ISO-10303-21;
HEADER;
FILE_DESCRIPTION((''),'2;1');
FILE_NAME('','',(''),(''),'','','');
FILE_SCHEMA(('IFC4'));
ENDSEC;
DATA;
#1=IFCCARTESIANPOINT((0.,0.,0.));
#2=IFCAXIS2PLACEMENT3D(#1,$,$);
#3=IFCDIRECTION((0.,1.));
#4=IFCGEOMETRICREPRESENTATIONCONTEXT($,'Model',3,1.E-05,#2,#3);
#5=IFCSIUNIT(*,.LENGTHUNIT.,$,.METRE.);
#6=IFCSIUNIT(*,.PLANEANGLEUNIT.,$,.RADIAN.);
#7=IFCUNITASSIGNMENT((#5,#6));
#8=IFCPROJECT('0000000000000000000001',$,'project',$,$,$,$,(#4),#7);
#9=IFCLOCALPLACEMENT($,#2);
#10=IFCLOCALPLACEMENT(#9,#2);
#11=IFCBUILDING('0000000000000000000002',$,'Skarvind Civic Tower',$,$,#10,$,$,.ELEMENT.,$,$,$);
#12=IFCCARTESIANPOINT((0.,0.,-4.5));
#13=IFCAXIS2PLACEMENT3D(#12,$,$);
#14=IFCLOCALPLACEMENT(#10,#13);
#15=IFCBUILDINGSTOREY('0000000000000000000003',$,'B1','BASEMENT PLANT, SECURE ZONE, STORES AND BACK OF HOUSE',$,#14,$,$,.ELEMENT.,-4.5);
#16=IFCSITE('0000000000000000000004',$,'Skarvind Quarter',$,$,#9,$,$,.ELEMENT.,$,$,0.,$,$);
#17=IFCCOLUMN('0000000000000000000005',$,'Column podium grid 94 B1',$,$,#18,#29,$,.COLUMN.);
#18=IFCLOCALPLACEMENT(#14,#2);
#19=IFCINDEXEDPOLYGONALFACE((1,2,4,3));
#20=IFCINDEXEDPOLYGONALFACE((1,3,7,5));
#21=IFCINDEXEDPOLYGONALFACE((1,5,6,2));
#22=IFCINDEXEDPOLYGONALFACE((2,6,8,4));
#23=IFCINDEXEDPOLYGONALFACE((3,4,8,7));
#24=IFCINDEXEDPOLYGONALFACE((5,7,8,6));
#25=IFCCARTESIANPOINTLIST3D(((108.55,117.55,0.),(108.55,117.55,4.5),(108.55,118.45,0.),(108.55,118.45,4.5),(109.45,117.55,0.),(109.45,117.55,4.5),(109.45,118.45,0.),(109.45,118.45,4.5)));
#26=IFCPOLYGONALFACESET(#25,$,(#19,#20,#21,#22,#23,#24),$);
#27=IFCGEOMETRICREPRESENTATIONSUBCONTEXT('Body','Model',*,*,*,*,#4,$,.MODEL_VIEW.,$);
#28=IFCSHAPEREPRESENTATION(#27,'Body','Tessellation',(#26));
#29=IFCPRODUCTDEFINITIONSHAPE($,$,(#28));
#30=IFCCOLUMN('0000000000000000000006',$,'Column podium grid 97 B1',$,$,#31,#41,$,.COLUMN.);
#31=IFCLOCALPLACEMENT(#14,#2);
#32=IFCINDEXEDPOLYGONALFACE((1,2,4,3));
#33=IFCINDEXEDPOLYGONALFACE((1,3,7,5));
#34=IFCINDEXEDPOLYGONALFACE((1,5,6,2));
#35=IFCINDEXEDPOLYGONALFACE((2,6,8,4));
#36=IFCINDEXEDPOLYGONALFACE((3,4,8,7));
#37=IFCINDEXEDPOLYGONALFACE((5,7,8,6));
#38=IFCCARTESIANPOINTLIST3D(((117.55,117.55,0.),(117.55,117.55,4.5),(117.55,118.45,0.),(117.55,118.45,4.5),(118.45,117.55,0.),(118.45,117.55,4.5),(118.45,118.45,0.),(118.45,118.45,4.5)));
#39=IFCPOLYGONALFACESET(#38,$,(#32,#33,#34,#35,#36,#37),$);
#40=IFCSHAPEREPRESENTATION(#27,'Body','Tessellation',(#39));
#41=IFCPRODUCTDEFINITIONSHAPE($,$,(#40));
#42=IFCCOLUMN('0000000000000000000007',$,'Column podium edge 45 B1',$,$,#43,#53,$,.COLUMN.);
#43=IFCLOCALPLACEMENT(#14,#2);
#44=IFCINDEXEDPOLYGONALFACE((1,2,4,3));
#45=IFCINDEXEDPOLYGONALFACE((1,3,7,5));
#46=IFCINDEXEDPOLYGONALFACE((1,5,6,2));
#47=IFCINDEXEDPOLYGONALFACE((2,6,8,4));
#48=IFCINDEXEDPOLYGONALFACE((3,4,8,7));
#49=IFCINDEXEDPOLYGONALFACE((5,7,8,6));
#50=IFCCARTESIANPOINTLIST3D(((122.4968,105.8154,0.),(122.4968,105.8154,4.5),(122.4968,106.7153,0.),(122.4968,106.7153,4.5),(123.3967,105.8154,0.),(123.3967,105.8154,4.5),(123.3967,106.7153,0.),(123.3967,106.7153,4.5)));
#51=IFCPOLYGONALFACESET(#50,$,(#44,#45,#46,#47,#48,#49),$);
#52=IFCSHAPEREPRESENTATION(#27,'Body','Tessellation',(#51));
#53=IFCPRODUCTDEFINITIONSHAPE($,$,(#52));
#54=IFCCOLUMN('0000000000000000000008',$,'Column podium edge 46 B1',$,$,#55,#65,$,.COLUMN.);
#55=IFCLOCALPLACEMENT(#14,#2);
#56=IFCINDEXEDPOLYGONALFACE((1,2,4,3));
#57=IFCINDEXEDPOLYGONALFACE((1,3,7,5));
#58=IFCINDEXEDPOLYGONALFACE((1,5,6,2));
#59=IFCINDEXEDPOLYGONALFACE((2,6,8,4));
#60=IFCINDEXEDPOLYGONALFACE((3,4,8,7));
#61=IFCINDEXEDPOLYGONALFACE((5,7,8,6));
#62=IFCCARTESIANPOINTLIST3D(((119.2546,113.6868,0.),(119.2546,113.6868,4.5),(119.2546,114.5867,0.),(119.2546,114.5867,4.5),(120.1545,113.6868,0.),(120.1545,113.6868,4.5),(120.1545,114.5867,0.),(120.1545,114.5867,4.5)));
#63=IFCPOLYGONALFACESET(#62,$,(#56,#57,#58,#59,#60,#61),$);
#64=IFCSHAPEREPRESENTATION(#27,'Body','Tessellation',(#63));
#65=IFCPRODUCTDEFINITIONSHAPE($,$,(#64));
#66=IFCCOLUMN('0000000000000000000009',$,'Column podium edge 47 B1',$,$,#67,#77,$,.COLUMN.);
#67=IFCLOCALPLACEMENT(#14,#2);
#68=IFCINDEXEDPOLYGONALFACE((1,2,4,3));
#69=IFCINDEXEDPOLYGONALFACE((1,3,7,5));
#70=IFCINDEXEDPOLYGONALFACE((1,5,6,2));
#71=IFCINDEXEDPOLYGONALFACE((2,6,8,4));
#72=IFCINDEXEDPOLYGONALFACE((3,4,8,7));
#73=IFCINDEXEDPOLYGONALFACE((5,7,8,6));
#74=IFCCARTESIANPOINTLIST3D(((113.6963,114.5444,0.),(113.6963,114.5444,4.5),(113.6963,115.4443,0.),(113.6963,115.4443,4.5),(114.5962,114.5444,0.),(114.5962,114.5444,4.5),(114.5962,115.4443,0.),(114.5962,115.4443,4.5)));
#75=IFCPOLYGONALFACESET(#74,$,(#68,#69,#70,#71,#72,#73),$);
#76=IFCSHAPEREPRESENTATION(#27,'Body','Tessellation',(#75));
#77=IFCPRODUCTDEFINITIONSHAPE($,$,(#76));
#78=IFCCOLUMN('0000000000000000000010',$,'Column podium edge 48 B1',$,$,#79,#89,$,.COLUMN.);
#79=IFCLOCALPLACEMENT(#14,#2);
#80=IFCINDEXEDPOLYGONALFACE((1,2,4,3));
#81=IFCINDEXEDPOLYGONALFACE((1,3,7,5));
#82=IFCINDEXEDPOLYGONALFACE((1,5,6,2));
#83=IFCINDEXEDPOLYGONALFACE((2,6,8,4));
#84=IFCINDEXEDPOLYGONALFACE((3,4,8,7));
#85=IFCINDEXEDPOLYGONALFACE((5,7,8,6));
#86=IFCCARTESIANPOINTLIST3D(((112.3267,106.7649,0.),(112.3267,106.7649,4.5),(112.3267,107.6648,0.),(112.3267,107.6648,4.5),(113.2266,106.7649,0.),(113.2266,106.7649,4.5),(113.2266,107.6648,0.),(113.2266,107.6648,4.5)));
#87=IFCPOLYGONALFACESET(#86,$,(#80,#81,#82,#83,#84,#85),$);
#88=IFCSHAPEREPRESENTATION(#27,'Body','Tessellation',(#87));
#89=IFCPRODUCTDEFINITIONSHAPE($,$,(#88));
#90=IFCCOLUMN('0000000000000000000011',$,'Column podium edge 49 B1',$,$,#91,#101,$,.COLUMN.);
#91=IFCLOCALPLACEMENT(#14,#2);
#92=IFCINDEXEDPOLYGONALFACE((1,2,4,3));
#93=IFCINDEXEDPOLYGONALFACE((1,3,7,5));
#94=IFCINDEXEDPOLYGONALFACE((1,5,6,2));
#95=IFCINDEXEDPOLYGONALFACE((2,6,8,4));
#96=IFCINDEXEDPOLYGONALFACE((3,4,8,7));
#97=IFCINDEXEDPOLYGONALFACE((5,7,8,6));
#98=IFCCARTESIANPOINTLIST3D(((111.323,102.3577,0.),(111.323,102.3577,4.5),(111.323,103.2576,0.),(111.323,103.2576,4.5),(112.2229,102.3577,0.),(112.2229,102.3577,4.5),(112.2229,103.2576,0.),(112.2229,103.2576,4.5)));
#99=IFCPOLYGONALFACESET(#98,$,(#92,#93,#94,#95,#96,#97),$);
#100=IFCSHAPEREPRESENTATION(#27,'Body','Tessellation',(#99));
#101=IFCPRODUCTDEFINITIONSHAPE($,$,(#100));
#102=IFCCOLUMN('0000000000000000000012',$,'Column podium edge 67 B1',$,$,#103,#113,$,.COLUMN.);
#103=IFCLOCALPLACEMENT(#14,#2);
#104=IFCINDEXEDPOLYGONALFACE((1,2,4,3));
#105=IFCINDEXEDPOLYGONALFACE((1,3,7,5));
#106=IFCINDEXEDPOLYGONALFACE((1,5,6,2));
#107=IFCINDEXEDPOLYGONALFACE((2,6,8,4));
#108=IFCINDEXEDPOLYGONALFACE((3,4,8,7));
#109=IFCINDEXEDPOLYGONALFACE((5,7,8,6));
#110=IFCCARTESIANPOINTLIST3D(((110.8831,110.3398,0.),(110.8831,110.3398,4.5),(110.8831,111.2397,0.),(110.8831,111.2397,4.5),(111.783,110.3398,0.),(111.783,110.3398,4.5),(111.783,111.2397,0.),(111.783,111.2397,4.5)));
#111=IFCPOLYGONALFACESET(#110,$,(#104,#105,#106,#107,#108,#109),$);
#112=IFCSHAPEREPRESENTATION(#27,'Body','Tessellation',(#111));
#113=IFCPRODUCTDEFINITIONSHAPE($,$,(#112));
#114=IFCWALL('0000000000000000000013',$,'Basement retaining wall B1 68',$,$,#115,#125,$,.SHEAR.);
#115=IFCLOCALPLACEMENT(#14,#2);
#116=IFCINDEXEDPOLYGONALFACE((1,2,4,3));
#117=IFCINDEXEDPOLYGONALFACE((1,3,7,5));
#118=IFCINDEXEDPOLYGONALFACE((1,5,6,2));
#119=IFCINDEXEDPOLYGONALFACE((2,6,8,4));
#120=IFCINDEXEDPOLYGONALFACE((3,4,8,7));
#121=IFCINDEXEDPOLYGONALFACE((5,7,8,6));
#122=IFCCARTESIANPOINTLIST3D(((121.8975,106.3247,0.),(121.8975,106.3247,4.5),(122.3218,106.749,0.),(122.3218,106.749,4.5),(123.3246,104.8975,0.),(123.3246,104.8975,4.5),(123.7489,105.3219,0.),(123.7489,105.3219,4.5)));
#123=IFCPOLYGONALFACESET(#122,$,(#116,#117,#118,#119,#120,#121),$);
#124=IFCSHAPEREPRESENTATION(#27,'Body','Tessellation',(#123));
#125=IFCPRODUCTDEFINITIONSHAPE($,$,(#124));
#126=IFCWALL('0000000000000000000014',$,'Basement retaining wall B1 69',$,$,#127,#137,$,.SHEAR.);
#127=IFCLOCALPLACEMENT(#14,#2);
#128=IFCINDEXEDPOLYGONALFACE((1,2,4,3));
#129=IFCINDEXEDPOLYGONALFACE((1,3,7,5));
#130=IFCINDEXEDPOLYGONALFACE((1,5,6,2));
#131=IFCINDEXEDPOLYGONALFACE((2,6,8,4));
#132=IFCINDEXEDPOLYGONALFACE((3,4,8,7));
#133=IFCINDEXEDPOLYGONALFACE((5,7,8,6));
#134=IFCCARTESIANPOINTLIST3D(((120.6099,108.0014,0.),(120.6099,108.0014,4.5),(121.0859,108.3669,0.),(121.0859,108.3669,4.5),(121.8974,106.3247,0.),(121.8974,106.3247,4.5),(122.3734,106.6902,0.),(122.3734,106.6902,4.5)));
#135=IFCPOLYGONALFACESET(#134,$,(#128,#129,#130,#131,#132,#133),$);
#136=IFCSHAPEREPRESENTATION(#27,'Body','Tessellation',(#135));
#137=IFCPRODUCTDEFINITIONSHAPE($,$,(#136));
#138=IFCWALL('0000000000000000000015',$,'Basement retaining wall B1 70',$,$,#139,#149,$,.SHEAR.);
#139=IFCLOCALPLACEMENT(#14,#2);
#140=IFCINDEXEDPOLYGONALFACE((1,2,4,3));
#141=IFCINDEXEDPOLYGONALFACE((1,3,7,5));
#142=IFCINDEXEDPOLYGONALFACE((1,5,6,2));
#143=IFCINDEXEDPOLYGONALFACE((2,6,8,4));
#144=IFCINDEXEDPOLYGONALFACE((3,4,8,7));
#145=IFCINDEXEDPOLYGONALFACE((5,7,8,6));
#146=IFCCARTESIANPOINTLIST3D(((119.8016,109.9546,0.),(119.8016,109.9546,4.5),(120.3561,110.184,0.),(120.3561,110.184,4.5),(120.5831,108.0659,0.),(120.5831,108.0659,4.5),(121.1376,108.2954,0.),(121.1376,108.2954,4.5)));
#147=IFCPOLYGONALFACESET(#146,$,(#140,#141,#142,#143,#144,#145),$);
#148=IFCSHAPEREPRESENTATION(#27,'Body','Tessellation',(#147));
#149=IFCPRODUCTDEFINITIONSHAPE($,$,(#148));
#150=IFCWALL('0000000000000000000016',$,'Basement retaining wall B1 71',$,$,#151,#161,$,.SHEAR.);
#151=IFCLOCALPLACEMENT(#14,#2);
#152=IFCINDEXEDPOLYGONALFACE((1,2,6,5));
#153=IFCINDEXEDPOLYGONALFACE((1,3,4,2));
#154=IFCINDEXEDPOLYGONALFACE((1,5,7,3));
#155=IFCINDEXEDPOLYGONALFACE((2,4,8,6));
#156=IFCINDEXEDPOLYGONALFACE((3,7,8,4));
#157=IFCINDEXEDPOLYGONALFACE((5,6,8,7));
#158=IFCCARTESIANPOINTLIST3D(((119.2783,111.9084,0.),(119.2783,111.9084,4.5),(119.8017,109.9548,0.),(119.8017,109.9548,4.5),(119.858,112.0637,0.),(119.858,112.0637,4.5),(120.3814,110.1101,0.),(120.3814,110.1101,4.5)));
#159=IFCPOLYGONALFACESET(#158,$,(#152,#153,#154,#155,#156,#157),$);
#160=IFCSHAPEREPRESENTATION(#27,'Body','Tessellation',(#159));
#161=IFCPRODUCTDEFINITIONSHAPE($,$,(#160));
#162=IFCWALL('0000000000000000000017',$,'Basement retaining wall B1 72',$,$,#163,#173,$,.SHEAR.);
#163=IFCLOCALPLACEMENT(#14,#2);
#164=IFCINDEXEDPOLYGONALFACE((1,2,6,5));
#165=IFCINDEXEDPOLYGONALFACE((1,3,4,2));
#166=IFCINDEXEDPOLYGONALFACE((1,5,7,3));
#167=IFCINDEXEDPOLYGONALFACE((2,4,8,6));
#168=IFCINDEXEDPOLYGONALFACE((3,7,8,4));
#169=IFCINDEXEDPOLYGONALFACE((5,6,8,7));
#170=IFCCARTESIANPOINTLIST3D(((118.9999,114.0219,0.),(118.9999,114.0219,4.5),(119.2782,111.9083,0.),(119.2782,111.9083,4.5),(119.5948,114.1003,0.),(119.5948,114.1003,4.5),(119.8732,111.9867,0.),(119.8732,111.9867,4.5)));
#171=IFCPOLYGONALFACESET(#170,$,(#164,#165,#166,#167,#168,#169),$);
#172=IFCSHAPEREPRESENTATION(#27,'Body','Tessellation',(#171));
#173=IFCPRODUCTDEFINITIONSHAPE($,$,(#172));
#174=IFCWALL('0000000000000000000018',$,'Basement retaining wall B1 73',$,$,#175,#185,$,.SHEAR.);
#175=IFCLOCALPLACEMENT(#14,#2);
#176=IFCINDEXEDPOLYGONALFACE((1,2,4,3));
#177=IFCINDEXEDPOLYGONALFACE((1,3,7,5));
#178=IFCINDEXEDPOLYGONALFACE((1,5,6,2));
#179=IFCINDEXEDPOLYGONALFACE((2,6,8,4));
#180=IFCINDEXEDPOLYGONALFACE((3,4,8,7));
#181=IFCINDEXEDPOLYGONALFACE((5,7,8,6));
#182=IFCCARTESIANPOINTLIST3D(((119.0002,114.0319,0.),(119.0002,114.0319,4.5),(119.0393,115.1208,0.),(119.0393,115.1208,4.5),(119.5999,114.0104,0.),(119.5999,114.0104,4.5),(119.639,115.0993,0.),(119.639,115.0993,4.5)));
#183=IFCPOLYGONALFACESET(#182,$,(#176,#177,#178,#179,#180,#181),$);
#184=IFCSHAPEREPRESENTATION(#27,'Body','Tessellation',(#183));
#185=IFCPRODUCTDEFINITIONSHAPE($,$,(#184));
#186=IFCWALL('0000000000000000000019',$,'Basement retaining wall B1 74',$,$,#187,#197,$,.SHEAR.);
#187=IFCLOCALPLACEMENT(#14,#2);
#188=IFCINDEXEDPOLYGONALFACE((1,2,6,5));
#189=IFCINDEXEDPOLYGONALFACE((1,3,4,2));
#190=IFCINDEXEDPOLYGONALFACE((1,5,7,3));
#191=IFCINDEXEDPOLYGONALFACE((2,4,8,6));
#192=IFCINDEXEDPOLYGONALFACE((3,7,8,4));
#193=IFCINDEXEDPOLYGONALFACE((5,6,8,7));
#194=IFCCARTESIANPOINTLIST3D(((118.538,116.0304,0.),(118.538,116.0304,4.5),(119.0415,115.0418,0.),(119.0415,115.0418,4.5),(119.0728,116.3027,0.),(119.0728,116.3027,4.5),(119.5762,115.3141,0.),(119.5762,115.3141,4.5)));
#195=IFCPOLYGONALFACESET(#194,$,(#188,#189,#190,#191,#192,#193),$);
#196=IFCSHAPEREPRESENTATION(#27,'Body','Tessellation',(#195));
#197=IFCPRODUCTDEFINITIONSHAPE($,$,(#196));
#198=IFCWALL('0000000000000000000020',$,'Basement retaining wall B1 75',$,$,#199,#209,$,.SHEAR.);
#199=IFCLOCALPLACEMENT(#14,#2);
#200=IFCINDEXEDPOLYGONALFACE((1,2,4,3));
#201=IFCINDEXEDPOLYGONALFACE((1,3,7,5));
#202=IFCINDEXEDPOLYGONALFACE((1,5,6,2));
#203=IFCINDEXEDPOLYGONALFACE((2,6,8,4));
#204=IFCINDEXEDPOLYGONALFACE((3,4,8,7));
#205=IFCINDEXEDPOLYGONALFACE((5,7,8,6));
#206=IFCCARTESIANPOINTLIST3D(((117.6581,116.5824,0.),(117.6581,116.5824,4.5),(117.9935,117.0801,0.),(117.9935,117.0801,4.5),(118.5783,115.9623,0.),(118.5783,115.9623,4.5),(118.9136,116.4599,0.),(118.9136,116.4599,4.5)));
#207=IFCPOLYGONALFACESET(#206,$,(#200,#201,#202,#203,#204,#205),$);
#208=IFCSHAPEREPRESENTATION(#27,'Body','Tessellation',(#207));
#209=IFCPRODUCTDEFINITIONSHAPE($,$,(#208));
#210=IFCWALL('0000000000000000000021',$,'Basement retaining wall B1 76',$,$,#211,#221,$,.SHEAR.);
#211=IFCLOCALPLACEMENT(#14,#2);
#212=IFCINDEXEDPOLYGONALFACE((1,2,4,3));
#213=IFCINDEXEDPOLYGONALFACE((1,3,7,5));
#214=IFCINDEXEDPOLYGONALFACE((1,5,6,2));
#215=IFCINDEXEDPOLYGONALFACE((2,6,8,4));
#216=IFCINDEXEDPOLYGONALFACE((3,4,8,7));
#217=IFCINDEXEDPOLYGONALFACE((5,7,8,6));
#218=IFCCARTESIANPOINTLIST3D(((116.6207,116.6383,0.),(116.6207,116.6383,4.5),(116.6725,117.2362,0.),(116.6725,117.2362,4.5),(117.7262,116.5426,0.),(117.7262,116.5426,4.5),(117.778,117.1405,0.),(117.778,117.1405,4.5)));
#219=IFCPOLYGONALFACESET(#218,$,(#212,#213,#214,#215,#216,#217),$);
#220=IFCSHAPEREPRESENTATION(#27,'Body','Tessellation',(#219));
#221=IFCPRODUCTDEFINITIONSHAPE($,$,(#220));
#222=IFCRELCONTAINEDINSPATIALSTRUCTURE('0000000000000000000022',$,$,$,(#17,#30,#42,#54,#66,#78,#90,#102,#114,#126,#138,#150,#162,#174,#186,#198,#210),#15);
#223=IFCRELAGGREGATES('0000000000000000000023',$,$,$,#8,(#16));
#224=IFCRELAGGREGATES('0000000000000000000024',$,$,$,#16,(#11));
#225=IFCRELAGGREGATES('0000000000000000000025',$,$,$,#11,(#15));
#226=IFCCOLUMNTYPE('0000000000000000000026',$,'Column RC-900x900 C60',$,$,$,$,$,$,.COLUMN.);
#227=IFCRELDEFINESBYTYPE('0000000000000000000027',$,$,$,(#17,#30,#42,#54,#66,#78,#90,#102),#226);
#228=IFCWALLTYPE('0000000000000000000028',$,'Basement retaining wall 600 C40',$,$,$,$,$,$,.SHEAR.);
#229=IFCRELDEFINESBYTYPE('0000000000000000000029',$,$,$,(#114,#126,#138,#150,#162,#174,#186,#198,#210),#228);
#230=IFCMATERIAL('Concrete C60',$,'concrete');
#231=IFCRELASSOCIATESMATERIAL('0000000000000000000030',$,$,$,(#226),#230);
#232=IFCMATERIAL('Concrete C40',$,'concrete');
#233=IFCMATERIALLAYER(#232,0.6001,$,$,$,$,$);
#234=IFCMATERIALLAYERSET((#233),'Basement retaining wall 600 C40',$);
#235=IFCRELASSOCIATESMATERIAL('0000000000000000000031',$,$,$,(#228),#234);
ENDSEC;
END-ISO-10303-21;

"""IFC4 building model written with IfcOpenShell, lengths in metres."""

from ifc_helpers import new_model, si_unit, direction, frame, frame_2d, origin, origin_2d, place, context, subcontext, project, spatial, rectangle, extrude, material, layer, layer_set, material_profile, profile_set, type_object, element, save


model = new_model("IFC4")

# Units and contexts
model_context = context("Model", 3, precision=1e-05, world=origin(), true_north=direction((0.0, 1.0)))
body_context = subcontext(model_context, "Body", "Model", "MODEL_VIEW")
ifc_project = project(units=[si_unit("LENGTHUNIT", "METRE"), si_unit("PLANEANGLEUNIT", "RADIAN")], contexts=[model_context])

# Site, building, storey
site_placement = place(None, origin())
site = spatial("IfcSite", under=ifc_project, at=site_placement, Name="Skarvind Quarter", CompositionType="ELEMENT", RefElevation=0.0)
building_placement = place(site_placement, origin())
building = spatial("IfcBuilding", under=site, at=building_placement, Name="Skarvind Civic Tower", CompositionType="ELEMENT")
storey_placement = place(building_placement, frame((0.0, 0.0, -4.5)))
storey = spatial("IfcBuildingStorey", under=building, at=storey_placement, Name="B1", Description="BASEMENT PLANT, SECURE ZONE, STORES AND BACK OF HOUSE", CompositionType="ELEMENT", Elevation=-4.5)

# Columns
ifc_material_1 = material(Name="Concrete C60", Category="concrete")
ifc_material_profile = material_profile(ifc_material_1, rectangle(XDim=0.8999, YDim=0.8999, at=origin_2d()), Name="RC-900x900")
ifc_profile_set = profile_set([ifc_material_profile], Name="Concrete C60")
column_type = type_object("IfcColumnType", Name="Column RC-900x900 C60", PredefinedType="COLUMN", material=ifc_profile_set)
for number, where, z_axis, x_axis, name in (
    (1, (109.0, 118.0, 0.0), (0.0, 0.0, 1.0), (1.0, 0.0, 0.0), "Column podium grid 94 B1"),
    (2, (118.0, 118.0, 0.0), (0.0, 0.0, 1.0), (1.0, 0.0, 0.0), "Column podium grid 97 B1"),
    (3, (122.9468, 106.2654, 0.0), (0.0, 0.0, 1.0), (1.0, 0.0, 0.0), "Column podium edge 45 B1"),
    (4, (119.7046, 114.1367, 0.0), (0.0, 0.0, 1.0), (1.0, 0.0, 0.0), "Column podium edge 46 B1"),
    (5, (114.1462, 114.9944, 0.0), (0.0, 0.0, 1.0), (1.0, 0.0, 0.0), "Column podium edge 47 B1"),
    (6, (112.7766, 107.2148, 0.0), (0.0, 0.0, 1.0), (1.0, 0.0, 0.0), "Column podium edge 48 B1"),
    (7, (111.7729, 102.8076, 0.0), (0.0, 0.0, 1.0), (1.0, 0.0, 0.0), "Column podium edge 49 B1"),
    (8, (111.333, 110.7898, 0.0), (0.0, 0.0, 1.0), (1.0, 0.0, 0.0), "Column podium edge 67 B1"),
):
    element("IfcColumn", number, at=place(storey_placement, frame(where, z_axis=z_axis, x_axis=x_axis)), inside=storey, type_object=column_type, Name=name, PredefinedType="COLUMN", context=body_context, shape_type="SweptSolid", body=[
        extrude(rectangle(XDim=0.8999, YDim=0.8999, at=origin_2d()), origin(), (0.0, 0.0, 1.0), 4.5),
    ])

# Walls
ifc_material_2 = material(Name="Concrete C40", Category="concrete")
ifc_layer_1 = layer(ifc_material_2, 0.6001)
ifc_layer_set_1 = layer_set([ifc_layer_1], Name="Basement retaining wall 600 C40")
wall_type_1 = type_object("IfcWallType", Name="Basement retaining wall 600 C40", PredefinedType="SHEAR", material=ifc_layer_set_1)
wall_1_placement = place(storey_placement, frame((123.5369, 105.1096, 0.0), z_axis=(0.0, 0.0, 1.0), x_axis=(-0.707107, 0.707107, 0.0)))
element("IfcWall", 9, at=wall_1_placement, inside=storey, type_object=wall_type_1, Name="Basement retaining wall B1 68", PredefinedType="SHEAR", context=body_context, shape_type="SweptSolid", body=[
    extrude(rectangle(XDim=2.0183, YDim=0.6001, at=frame_2d((1.0093, 0.0))), origin(), (0.0, 0.0, 1.0), 4.5),
])
wall_2_placement = place(storey_placement, frame((122.1355, 106.5073, 0.0), z_axis=(0.0, 0.0, 1.0), x_axis=(-0.609052, 0.79313, 0.0)))
element("IfcWall", 10, at=wall_2_placement, inside=storey, type_object=wall_type_1, Name="Basement retaining wall B1 69", PredefinedType="SHEAR", context=body_context, shape_type="SweptSolid", body=[
    extrude(rectangle(XDim=2.114, YDim=0.6001, at=frame_2d((1.0571, 0.0))), origin(), (0.0, 0.0, 1.0), 4.5),
])
wall_3_placement = place(storey_placement, frame((120.8604, 108.1807, 0.0), z_axis=(0.0, 0.0, 1.0), x_axis=(-0.382341, 0.924021, 0.0)))
element("IfcWall", 11, at=wall_3_placement, inside=storey, type_object=wall_type_1, Name="Basement retaining wall B1 70", PredefinedType="SHEAR", context=body_context, shape_type="SweptSolid", body=[
    extrude(rectangle(XDim=2.0439, YDim=0.6001, at=frame_2d((1.022, 0.0))), origin(), (0.0, 0.0, 1.0), 4.5),
])
wall_4_placement = place(storey_placement, frame((120.0916, 110.0325, 0.0), z_axis=(0.0, 0.0, 1.0), x_axis=(-0.258804, 0.96593, 0.0)))
element("IfcWall", 12, at=wall_4_placement, inside=storey, type_object=wall_type_1, Name="Basement retaining wall B1 71", PredefinedType="SHEAR", context=body_context, shape_type="SweptSolid", body=[
    extrude(rectangle(XDim=2.0225, YDim=0.6001, at=frame_2d((1.0112, 0.0))), origin(), (0.0, 0.0, 1.0), 4.5),
])
wall_5_placement = place(storey_placement, frame((119.5757, 111.9475, 0.0), z_axis=(0.0, 0.0, 1.0), x_axis=(-0.130558, 0.991441, 0.0)))
element("IfcWall", 13, at=wall_5_placement, inside=storey, type_object=wall_type_1, Name="Basement retaining wall B1 72", PredefinedType="SHEAR", context=body_context, shape_type="SweptSolid", body=[
    extrude(rectangle(XDim=2.1318, YDim=0.6001, at=frame_2d((1.0659, 0.0))), origin(), (0.0, 0.0, 1.0), 4.5),
])
wall_6_placement = place(storey_placement, frame((119.3, 114.021, 0.0), z_axis=(0.0, 0.0, 1.0), x_axis=(0.035851, 0.999357, 0.0)))
element("IfcWall", 14, at=wall_6_placement, inside=storey, type_object=wall_type_1, Name="Basement retaining wall B1 73", PredefinedType="SHEAR", context=body_context, shape_type="SweptSolid", body=[
    extrude(rectangle(XDim=1.0896, YDim=0.6001, at=frame_2d((0.5449, 0.0))), origin(), (0.0, 0.0, 1.0), 4.5),
])
wall_7_placement = place(storey_placement, frame((119.3088, 115.178, 0.0), z_axis=(0.0, 0.0, 1.0), x_axis=(-0.453804, 0.891102, 0.0)))
element("IfcWall", 15, at=wall_7_placement, inside=storey, type_object=wall_type_1, Name="Basement retaining wall B1 74", PredefinedType="SHEAR", context=body_context, shape_type="SweptSolid", body=[
    extrude(rectangle(XDim=1.1094, YDim=0.6001, at=frame_2d((0.5547, 0.0))), origin(), (0.0, 0.0, 1.0), 4.5),
])
for number, where, z_axis, x_axis, name in (
    (16, (118.7458, 116.2112, 0.0), (0.0, 0.0, 1.0), (-0.829264, 0.558857, 0.0), "Basement retaining wall B1 75"),
    (17, (117.752, 116.8416, 0.0), (0.0, 0.0, 1.0), (-0.996274, 0.08625, 0.0), "Basement retaining wall B1 76"),
):
    element("IfcWall", number, at=place(storey_placement, frame(where, z_axis=z_axis, x_axis=x_axis)), inside=storey, type_object=wall_type_1, Name=name, PredefinedType="SHEAR", context=body_context, shape_type="SweptSolid", body=[
        extrude(rectangle(XDim=1.1096, YDim=0.6001, at=frame_2d((0.5547, 0.0))), origin(), (0.0, 0.0, 1.0), 4.5),
    ])

save(model, "model.ifc")
